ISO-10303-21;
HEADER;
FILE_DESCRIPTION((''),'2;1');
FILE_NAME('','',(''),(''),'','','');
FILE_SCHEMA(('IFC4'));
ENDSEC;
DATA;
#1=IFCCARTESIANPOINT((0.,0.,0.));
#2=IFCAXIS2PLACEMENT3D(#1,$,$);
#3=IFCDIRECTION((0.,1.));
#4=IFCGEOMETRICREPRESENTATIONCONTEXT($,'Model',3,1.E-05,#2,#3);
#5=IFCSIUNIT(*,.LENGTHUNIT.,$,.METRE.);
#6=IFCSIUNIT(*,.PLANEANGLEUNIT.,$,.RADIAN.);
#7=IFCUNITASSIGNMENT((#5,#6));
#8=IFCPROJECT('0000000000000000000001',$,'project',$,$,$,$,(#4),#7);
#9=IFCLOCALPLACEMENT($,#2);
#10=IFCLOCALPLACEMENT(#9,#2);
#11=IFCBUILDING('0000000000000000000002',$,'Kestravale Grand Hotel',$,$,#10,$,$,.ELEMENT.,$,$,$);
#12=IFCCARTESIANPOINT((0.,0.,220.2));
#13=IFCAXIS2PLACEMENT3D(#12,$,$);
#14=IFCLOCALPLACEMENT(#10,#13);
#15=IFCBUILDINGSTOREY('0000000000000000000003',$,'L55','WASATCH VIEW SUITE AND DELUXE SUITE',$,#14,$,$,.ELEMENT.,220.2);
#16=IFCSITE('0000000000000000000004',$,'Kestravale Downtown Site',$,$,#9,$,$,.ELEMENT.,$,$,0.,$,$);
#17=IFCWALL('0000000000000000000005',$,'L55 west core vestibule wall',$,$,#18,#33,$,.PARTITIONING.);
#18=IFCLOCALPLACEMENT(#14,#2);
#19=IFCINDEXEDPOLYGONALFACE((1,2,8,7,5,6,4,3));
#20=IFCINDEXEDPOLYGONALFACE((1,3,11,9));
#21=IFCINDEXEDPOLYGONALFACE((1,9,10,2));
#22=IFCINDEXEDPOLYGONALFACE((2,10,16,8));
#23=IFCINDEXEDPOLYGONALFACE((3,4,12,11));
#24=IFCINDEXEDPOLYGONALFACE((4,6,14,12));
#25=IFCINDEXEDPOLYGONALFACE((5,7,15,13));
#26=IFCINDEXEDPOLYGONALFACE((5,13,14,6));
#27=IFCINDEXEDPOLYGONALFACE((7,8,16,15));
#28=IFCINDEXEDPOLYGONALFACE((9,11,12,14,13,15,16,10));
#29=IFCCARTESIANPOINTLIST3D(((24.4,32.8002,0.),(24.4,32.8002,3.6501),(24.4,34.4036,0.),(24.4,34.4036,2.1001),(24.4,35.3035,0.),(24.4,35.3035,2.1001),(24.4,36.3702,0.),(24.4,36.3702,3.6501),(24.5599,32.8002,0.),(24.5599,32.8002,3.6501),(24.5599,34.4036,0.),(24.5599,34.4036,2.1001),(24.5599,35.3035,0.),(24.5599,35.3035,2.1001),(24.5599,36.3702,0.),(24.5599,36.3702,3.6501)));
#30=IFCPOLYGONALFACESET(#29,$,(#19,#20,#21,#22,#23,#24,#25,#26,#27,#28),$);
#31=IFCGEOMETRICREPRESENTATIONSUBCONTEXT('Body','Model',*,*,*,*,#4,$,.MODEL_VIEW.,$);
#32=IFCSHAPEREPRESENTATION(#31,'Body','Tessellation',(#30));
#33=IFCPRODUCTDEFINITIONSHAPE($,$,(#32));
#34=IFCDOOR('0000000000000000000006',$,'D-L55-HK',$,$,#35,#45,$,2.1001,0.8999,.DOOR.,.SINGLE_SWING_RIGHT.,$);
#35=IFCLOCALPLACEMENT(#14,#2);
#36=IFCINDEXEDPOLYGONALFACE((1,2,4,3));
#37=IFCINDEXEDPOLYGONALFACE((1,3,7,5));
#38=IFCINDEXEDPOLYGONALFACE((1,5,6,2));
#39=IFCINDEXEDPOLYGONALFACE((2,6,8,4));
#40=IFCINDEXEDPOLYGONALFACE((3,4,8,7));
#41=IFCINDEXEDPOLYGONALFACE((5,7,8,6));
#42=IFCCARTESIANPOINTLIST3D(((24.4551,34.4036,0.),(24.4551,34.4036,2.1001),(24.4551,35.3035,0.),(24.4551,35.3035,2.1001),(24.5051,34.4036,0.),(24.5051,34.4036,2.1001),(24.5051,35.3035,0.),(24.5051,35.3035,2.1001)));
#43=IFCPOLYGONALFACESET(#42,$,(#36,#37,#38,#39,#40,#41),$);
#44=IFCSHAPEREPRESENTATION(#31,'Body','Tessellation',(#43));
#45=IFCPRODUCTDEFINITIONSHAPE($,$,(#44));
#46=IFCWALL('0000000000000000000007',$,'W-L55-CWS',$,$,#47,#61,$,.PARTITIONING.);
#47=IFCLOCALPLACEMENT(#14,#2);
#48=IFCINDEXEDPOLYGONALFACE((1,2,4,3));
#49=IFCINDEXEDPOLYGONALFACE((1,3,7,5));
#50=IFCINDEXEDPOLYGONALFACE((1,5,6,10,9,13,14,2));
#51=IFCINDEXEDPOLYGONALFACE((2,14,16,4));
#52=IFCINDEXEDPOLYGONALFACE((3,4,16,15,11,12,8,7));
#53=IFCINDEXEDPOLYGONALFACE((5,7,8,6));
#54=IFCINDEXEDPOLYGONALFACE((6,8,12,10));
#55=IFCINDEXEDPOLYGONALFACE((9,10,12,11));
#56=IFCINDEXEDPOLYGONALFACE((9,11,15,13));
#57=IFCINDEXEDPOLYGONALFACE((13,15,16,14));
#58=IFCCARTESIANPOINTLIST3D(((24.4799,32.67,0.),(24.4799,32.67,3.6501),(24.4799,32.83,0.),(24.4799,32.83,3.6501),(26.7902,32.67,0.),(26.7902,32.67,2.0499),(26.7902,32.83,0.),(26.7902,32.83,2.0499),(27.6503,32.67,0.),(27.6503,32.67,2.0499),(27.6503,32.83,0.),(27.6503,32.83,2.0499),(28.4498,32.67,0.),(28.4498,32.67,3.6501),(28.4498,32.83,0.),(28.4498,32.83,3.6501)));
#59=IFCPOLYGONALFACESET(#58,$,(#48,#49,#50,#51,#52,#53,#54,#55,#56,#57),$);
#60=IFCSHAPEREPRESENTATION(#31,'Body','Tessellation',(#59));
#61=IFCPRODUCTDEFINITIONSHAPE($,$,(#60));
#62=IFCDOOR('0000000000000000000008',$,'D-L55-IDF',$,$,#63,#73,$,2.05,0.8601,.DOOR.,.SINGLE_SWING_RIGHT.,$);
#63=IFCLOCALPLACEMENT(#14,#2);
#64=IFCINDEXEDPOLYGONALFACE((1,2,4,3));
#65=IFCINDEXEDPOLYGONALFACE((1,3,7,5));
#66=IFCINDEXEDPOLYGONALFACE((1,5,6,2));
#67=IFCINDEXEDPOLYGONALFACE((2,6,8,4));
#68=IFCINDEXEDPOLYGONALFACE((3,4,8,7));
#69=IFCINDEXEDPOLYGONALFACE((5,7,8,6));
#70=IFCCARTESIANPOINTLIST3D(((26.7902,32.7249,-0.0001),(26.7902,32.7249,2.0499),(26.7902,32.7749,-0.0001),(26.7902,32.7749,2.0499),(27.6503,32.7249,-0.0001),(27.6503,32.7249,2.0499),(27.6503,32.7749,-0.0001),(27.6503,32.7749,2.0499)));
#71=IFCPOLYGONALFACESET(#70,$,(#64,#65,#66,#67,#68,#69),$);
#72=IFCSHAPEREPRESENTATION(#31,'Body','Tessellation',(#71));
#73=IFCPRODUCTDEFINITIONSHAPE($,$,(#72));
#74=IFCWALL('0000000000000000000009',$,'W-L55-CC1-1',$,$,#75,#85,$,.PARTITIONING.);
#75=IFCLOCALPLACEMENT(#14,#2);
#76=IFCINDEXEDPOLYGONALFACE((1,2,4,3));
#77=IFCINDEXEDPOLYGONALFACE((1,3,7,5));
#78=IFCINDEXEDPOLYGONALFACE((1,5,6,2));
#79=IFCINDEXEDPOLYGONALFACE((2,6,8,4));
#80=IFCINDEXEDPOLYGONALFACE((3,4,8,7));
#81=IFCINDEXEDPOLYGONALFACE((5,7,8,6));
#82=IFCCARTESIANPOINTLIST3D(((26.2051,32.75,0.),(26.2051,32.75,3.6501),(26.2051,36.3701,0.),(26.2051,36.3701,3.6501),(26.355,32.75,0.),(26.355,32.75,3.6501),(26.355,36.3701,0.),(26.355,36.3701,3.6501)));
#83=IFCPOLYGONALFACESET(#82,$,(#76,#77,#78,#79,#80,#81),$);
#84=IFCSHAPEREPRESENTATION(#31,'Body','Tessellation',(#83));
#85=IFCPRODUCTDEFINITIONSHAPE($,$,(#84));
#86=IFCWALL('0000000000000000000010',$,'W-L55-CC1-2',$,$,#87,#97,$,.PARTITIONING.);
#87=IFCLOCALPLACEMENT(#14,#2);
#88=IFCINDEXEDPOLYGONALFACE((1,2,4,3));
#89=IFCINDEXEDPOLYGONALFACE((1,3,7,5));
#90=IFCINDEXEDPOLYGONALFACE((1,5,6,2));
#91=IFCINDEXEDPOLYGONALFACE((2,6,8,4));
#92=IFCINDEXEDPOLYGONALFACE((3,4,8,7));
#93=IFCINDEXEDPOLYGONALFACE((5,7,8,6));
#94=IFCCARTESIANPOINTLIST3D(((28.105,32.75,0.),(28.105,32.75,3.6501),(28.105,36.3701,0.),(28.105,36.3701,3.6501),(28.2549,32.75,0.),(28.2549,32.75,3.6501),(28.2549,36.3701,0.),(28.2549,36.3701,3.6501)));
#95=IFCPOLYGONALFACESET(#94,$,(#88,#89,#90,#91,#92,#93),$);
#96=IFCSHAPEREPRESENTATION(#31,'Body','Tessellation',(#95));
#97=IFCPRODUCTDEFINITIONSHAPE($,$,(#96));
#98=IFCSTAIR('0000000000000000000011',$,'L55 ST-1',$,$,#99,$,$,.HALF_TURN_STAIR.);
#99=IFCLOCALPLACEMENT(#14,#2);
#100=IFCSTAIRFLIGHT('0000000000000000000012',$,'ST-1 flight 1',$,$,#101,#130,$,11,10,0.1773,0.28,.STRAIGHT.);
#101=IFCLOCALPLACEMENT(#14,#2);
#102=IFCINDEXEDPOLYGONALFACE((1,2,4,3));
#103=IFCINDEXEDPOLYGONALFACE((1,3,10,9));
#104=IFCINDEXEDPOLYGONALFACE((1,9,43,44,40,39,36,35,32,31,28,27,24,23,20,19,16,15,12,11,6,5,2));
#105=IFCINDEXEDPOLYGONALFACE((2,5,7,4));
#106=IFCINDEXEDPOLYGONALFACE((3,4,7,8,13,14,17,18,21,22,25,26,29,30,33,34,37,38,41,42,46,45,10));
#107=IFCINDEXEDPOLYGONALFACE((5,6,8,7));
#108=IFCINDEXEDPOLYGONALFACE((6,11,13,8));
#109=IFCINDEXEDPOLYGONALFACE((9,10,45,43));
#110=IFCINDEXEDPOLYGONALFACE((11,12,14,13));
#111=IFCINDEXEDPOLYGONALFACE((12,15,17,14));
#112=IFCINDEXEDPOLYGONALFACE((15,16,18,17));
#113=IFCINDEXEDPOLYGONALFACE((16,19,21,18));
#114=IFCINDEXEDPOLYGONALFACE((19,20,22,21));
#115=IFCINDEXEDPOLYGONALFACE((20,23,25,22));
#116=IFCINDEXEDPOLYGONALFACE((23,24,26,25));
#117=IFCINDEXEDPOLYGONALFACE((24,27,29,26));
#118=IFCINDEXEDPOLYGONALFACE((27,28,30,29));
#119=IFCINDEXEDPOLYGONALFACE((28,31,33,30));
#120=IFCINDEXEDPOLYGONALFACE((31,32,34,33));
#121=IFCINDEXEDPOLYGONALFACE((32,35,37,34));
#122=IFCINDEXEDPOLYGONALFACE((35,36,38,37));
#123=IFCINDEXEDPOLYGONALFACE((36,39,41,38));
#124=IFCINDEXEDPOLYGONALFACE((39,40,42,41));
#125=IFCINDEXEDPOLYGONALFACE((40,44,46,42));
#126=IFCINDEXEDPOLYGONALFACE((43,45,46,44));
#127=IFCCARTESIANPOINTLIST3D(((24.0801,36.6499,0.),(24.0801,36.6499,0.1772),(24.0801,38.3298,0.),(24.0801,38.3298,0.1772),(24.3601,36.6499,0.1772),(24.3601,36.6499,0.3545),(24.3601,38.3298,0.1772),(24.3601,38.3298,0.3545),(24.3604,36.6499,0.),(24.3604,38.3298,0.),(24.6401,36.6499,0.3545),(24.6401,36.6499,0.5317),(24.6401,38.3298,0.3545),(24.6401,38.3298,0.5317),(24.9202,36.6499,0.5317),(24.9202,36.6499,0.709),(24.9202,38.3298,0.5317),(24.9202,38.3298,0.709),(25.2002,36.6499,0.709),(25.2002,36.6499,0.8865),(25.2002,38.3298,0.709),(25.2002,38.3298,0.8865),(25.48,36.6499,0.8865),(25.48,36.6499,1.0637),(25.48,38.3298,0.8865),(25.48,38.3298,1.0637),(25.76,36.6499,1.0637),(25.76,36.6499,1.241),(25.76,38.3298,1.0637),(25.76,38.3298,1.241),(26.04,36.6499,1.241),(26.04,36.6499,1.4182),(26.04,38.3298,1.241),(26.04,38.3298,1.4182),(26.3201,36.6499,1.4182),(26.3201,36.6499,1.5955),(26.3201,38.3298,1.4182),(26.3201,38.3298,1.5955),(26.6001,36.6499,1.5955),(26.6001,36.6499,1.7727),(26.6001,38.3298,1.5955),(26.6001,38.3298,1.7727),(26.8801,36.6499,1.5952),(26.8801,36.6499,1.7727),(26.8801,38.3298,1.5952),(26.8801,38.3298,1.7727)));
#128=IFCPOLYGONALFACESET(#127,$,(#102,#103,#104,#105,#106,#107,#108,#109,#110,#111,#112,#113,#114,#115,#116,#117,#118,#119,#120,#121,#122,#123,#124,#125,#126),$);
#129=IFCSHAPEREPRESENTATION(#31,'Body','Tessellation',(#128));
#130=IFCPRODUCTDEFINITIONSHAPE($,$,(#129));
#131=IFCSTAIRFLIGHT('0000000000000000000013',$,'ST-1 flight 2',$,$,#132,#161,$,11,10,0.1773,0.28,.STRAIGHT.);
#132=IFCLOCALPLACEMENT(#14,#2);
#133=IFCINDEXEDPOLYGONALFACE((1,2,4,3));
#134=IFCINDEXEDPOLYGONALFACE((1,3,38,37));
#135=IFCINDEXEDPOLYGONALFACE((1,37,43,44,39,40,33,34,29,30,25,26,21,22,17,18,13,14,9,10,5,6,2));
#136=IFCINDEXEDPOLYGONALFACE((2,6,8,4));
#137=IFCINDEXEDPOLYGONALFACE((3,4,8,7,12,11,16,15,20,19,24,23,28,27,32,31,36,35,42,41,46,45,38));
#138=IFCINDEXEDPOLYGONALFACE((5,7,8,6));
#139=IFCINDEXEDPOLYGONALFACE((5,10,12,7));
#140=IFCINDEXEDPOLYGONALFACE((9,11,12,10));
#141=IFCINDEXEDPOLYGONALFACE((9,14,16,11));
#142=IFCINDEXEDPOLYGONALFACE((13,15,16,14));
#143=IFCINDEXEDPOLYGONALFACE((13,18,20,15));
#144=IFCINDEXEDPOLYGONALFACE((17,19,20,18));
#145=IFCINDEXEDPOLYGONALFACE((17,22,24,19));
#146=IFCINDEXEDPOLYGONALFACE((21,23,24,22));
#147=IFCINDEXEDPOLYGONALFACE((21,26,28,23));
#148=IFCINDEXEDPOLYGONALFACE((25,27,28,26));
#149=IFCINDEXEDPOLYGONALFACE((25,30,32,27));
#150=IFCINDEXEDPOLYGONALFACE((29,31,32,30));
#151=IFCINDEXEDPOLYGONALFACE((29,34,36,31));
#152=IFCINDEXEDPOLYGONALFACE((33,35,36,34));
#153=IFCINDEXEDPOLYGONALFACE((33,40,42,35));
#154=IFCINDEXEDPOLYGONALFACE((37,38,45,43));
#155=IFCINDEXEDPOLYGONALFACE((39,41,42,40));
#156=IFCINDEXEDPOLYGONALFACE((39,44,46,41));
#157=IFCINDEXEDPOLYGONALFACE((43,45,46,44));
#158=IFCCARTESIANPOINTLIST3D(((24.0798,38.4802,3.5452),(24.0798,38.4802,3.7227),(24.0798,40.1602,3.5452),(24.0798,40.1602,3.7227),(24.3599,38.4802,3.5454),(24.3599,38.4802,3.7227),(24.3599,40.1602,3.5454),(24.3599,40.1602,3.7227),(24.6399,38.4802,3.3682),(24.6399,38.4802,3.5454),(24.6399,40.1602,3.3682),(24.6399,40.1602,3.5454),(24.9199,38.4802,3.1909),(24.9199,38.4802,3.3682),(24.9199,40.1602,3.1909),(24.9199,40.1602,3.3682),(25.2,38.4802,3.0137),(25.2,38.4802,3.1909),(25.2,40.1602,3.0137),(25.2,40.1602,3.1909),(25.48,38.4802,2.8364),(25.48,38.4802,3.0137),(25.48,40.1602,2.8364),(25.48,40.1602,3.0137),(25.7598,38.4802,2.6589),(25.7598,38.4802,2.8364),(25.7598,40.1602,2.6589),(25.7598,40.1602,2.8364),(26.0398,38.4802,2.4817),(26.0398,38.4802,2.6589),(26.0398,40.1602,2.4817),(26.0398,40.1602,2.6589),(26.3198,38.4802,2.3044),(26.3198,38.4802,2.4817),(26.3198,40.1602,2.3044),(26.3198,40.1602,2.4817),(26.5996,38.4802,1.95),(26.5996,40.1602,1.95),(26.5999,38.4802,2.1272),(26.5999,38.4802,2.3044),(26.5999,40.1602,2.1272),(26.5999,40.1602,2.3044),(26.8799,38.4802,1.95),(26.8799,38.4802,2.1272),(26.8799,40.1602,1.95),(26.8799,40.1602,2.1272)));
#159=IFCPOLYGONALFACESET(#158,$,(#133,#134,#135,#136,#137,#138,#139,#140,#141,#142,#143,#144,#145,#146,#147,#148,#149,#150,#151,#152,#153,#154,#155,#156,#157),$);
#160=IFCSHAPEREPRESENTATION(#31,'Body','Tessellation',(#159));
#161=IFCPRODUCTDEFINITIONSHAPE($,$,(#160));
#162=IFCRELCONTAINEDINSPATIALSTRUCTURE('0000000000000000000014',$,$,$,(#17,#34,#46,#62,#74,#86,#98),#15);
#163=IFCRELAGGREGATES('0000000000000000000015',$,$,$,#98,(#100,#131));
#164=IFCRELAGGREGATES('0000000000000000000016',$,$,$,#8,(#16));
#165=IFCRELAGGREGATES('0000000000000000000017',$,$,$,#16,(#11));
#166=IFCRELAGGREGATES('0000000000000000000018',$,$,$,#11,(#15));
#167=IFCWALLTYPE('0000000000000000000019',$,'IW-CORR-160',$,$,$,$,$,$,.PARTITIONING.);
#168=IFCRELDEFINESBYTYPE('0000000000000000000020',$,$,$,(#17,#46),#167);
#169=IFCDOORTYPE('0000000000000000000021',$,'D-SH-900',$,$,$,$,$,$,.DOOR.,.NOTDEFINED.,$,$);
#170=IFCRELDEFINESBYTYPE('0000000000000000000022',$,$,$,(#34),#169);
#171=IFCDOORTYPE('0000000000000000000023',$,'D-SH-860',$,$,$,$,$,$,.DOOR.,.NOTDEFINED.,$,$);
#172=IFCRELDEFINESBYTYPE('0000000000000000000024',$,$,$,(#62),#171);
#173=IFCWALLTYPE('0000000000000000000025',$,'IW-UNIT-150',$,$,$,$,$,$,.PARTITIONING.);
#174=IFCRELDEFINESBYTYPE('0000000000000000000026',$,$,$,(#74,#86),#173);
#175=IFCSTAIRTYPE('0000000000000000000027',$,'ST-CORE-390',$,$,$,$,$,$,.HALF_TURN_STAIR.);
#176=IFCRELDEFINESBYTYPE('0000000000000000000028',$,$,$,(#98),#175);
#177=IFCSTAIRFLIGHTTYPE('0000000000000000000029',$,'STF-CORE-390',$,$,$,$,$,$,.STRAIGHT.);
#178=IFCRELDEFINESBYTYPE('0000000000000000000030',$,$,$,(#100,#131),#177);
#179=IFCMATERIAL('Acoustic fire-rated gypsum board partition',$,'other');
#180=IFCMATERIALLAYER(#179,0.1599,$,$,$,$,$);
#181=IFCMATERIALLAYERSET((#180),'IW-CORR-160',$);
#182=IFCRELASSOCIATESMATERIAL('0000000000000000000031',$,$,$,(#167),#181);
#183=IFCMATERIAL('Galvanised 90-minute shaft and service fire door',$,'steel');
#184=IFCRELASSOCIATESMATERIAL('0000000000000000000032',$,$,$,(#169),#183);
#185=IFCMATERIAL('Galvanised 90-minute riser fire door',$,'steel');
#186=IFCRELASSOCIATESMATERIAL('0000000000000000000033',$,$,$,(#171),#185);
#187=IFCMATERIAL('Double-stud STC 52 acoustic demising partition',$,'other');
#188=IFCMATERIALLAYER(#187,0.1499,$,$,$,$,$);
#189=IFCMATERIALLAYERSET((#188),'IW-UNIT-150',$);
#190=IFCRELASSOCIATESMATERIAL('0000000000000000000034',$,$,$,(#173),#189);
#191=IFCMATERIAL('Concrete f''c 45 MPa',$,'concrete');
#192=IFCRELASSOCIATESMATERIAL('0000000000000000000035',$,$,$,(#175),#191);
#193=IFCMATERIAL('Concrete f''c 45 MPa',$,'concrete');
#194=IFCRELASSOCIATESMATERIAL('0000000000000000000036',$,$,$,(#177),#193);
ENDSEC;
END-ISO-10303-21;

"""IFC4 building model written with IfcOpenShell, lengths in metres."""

from ifc_helpers import new_model, si_unit, direction, frame, frame_2d, origin, place, context, subcontext, project, spatial, polyline, rectangle, outline, extrude, material, layer, layer_set, type_object, element, fill, aggregate, save


model = new_model("IFC4")

# Units and contexts
model_context = context("Model", 3, precision=1e-05, world=origin(), true_north=direction((0.0, 1.0)))
body_context = subcontext(model_context, "Body", "Model", "MODEL_VIEW")
ifc_project = project(units=[si_unit("LENGTHUNIT", "METRE"), si_unit("PLANEANGLEUNIT", "RADIAN")], contexts=[model_context])

# Site, building, storey
site_placement = place(None, origin())
site = spatial("IfcSite", under=ifc_project, at=site_placement, Name="Kestravale Downtown Site", CompositionType="ELEMENT", RefElevation=0.0)
building_placement = place(site_placement, origin())
building = spatial("IfcBuilding", under=site, at=building_placement, Name="Kestravale Grand Hotel", CompositionType="ELEMENT")
storey_placement = place(building_placement, frame((0.0, 0.0, 220.2)))
storey = spatial("IfcBuildingStorey", under=building, at=storey_placement, Name="L55", Description="WASATCH VIEW SUITE AND DELUXE SUITE", CompositionType="ELEMENT", Elevation=220.2)

# Walls, openings, doors
ifc_material_1 = material(Name="Acoustic fire-rated gypsum board partition", Category="other")
ifc_layer_1 = layer(ifc_material_1, 0.1599)
ifc_layer_set_1 = layer_set([ifc_layer_1], Name="IW-CORR-160")
wall_type_1 = type_object("IfcWallType", Name="IW-CORR-160", PredefinedType="PARTITIONING", material=ifc_layer_set_1)
wall_1_placement = place(storey_placement, frame((24.48, 32.8, 0.0), z_axis=(0.0, 0.0, 1.0), x_axis=(0.0, 1.0, 0.0)))
wall_1 = element("IfcWall", 1, at=wall_1_placement, inside=storey, type_object=wall_type_1, Name="L55 west core vestibule wall", PredefinedType="PARTITIONING", context=body_context, shape_type="SweptSolid", body=[
    extrude(rectangle(XDim=3.5701, YDim=0.1599, at=frame_2d((1.7852, 0.0))), origin(), (0.0, 0.0, 1.0), 3.6501),
])
opening_1_placement = place(wall_1_placement, frame((1.6035, 0.0, 0.0)))
opening_1 = element("IfcOpeningElement", 2, at=opening_1_placement, cuts=wall_1, PredefinedType="OPENING", context=body_context, shape_type="SweptSolid", body=[
    extrude(rectangle(XDim=0.8999, YDim=2.1001, at=frame_2d((0.45, 1.05))), frame((0.0, 0.0898, 0.0), z_axis=(0.0, -1.0, 0.0), x_axis=(1.0, 0.0, 0.0)), (0.0, 0.0, 1.0), 0.1799),
])
ifc_material_2 = material(Name="Galvanised 90-minute shaft and service fire door", Category="steel")
door_type_1 = type_object("IfcDoorType", Name="D-SH-900", OperationType="NOTDEFINED", PredefinedType="DOOR", material=ifc_material_2)
door_1_placement = place(opening_1_placement, origin())
door_1 = element("IfcDoor", 3, at=door_1_placement, inside=storey, type_object=door_type_1, Name="D-L55-HK", OperationType="SINGLE_SWING_RIGHT", OverallHeight=2.1001, OverallWidth=0.8999, PredefinedType="DOOR", context=body_context, shape_type="SweptSolid", body=[
    extrude(rectangle(XDim=0.8999, YDim=2.1001, at=frame_2d((0.45, 1.05))), frame((0.0, 0.0249, 0.0), z_axis=(0.0, -1.0, 0.0), x_axis=(1.0, 0.0, 0.0)), (0.0, 0.0, 1.0), 0.05),
])
fill(opening_1, door_1)
wall_2_placement = place(storey_placement, frame((24.48, 32.75, 0.0), z_axis=(0.0, 0.0, 1.0), x_axis=(1.0, 0.0, 0.0)))
wall_2 = element("IfcWall", 4, at=wall_2_placement, inside=storey, type_object=wall_type_1, Name="W-L55-CWS", PredefinedType="PARTITIONING", context=body_context, shape_type="SweptSolid", body=[
    extrude(rectangle(XDim=3.97, YDim=0.1599, at=frame_2d((1.9849, 0.0))), origin(), (0.0, 0.0, 1.0), 3.6501),
])
opening_2_placement = place(wall_2_placement, frame((2.3101, 0.0, 0.0)))
opening_2 = element("IfcOpeningElement", 5, at=opening_2_placement, cuts=wall_2, PredefinedType="OPENING", context=body_context, shape_type="SweptSolid", body=[
    extrude(rectangle(XDim=0.8601, YDim=2.05, at=frame_2d((0.4302, 1.0249))), frame((0.0, 0.0898, 0.0), z_axis=(0.0, -1.0, 0.0), x_axis=(1.0, 0.0, 0.0)), (0.0, 0.0, 1.0), 0.1799),
])
ifc_material_3 = material(Name="Galvanised 90-minute riser fire door", Category="steel")
door_type_2 = type_object("IfcDoorType", Name="D-SH-860", OperationType="NOTDEFINED", PredefinedType="DOOR", material=ifc_material_3)
door_2_placement = place(opening_2_placement, origin())
door_2 = element("IfcDoor", 6, at=door_2_placement, inside=storey, type_object=door_type_2, Name="D-L55-IDF", OperationType="SINGLE_SWING_RIGHT", OverallHeight=2.05, OverallWidth=0.8601, PredefinedType="DOOR", context=body_context, shape_type="SweptSolid", body=[
    extrude(rectangle(XDim=0.8601, YDim=2.05, at=frame_2d((0.4302, 1.0249))), frame((0.0, 0.0249, 0.0), z_axis=(0.0, -1.0, 0.0), x_axis=(1.0, 0.0, 0.0)), (0.0, 0.0, 1.0), 0.05),
])
fill(opening_2, door_2)

# Walls
ifc_material_4 = material(Name="Double-stud STC 52 acoustic demising partition", Category="other")
ifc_layer_2 = layer(ifc_material_4, 0.1499)
ifc_layer_set_2 = layer_set([ifc_layer_2], Name="IW-UNIT-150")
wall_type_2 = type_object("IfcWallType", Name="IW-UNIT-150", PredefinedType="PARTITIONING", material=ifc_layer_set_2)
for number, where, z_axis, x_axis, name in (
    (7, (26.28, 32.75, 0.0), (0.0, 0.0, 1.0), (0.0, 1.0, 0.0), "W-L55-CC1-1"),
    (8, (28.1799, 32.75, 0.0), (0.0, 0.0, 1.0), (0.0, 1.0, 0.0), "W-L55-CC1-2"),
):
    element("IfcWall", number, at=place(storey_placement, frame(where, z_axis=z_axis, x_axis=x_axis)), inside=storey, type_object=wall_type_2, Name=name, PredefinedType="PARTITIONING", context=body_context, shape_type="SweptSolid", body=[
        extrude(rectangle(XDim=3.6201, YDim=0.1499, at=frame_2d((1.8101, 0.0))), origin(), (0.0, 0.0, 1.0), 3.6501),
    ])

# Stair, stair flights
ifc_material_5 = material(Name="Concrete f'c 45 MPa", Category="concrete")
stair_type = type_object("IfcStairType", Name="ST-CORE-390", PredefinedType="HALF_TURN_STAIR", material=ifc_material_5)
stair_placement = place(storey_placement, origin())
stair = element("IfcStair", 9, at=stair_placement, inside=storey, type_object=stair_type, Name="L55 ST-1", PredefinedType="HALF_TURN_STAIR")
ifc_material_6 = material(Name="Concrete f'c 45 MPa", Category="concrete")
stair_flight_type = type_object("IfcStairFlightType", Name="STF-CORE-390", PredefinedType="STRAIGHT", material=ifc_material_6)
stair_flight_1_placement = place(storey_placement, frame((24.0801, 37.49, 0.0), z_axis=(0.0, 0.0, 1.0), x_axis=(1.0, 0.0, 0.0)))
stair_flight_1 = element("IfcStairFlight", 10, at=stair_flight_1_placement, type_object=stair_flight_type, Name="ST-1 flight 1", NumberOfRisers=11, NumberOfTreads=10, PredefinedType="STRAIGHT", RiserHeight=0.1773, TreadLength=0.28, context=body_context, shape_type="SweptSolid", body=[
    extrude(outline(polyline([(0.0, 0.0), (0.0, 0.1772), (0.28, 0.1772), (0.28, 0.3545), (0.5601, 0.3545), (0.5601, 0.5317), (0.8401, 0.5317), (0.8401, 0.709), (1.1201, 0.709), (1.1201, 0.8865), (1.3999, 0.8865), (1.3999, 1.0637), (1.6799, 1.0637), (1.6799, 1.241), (1.96, 1.241), (1.96, 1.4182), (2.24, 1.4182), (2.24, 1.5955), (2.52, 1.5955), (2.52, 1.7727), (2.8, 1.7727), (2.8, 1.95), (2.8, 1.5952), (0.2803, 0.0), (0.0, 0.0)])), frame((0.0, 0.8398, 0.0), z_axis=(0.0, -1.0, 0.0), x_axis=(1.0, 0.0, 0.0)), (0.0, 0.0, 1.0), 1.6799),
])
stair_flight_2_placement = place(storey_placement, frame((26.8799, 39.3201, 1.95), z_axis=(0.0, 0.0, 1.0), x_axis=(-1.0, 0.0, 0.0)))
stair_flight_2 = element("IfcStairFlight", 11, at=stair_flight_2_placement, type_object=stair_flight_type, Name="ST-1 flight 2", NumberOfRisers=11, NumberOfTreads=10, PredefinedType="STRAIGHT", RiserHeight=0.1773, TreadLength=0.28, context=body_context, shape_type="SweptSolid", body=[
    extrude(outline(polyline([(0.0, 0.0), (0.0, 0.1772), (0.28, 0.1772), (0.28, 0.3545), (0.5601, 0.3545), (0.5601, 0.5317), (0.8401, 0.5317), (0.8401, 0.709), (1.1201, 0.709), (1.1201, 0.8865), (1.3999, 0.8865), (1.3999, 1.0637), (1.6799, 1.0637), (1.6799, 1.241), (1.96, 1.241), (1.96, 1.4182), (2.24, 1.4182), (2.24, 1.5955), (2.52, 1.5955), (2.52, 1.7727), (2.8, 1.7727), (2.8, 1.95), (2.8, 1.5952), (0.2803, 0.0), (0.0, 0.0)])), frame((0.0, 0.8398, 0.0), z_axis=(0.0, -1.0, 0.0), x_axis=(1.0, 0.0, 0.0)), (0.0, 0.0, 1.0), 1.6799),
])
aggregate(stair, [stair_flight_1, stair_flight_2])

save(model, "model.ifc")
